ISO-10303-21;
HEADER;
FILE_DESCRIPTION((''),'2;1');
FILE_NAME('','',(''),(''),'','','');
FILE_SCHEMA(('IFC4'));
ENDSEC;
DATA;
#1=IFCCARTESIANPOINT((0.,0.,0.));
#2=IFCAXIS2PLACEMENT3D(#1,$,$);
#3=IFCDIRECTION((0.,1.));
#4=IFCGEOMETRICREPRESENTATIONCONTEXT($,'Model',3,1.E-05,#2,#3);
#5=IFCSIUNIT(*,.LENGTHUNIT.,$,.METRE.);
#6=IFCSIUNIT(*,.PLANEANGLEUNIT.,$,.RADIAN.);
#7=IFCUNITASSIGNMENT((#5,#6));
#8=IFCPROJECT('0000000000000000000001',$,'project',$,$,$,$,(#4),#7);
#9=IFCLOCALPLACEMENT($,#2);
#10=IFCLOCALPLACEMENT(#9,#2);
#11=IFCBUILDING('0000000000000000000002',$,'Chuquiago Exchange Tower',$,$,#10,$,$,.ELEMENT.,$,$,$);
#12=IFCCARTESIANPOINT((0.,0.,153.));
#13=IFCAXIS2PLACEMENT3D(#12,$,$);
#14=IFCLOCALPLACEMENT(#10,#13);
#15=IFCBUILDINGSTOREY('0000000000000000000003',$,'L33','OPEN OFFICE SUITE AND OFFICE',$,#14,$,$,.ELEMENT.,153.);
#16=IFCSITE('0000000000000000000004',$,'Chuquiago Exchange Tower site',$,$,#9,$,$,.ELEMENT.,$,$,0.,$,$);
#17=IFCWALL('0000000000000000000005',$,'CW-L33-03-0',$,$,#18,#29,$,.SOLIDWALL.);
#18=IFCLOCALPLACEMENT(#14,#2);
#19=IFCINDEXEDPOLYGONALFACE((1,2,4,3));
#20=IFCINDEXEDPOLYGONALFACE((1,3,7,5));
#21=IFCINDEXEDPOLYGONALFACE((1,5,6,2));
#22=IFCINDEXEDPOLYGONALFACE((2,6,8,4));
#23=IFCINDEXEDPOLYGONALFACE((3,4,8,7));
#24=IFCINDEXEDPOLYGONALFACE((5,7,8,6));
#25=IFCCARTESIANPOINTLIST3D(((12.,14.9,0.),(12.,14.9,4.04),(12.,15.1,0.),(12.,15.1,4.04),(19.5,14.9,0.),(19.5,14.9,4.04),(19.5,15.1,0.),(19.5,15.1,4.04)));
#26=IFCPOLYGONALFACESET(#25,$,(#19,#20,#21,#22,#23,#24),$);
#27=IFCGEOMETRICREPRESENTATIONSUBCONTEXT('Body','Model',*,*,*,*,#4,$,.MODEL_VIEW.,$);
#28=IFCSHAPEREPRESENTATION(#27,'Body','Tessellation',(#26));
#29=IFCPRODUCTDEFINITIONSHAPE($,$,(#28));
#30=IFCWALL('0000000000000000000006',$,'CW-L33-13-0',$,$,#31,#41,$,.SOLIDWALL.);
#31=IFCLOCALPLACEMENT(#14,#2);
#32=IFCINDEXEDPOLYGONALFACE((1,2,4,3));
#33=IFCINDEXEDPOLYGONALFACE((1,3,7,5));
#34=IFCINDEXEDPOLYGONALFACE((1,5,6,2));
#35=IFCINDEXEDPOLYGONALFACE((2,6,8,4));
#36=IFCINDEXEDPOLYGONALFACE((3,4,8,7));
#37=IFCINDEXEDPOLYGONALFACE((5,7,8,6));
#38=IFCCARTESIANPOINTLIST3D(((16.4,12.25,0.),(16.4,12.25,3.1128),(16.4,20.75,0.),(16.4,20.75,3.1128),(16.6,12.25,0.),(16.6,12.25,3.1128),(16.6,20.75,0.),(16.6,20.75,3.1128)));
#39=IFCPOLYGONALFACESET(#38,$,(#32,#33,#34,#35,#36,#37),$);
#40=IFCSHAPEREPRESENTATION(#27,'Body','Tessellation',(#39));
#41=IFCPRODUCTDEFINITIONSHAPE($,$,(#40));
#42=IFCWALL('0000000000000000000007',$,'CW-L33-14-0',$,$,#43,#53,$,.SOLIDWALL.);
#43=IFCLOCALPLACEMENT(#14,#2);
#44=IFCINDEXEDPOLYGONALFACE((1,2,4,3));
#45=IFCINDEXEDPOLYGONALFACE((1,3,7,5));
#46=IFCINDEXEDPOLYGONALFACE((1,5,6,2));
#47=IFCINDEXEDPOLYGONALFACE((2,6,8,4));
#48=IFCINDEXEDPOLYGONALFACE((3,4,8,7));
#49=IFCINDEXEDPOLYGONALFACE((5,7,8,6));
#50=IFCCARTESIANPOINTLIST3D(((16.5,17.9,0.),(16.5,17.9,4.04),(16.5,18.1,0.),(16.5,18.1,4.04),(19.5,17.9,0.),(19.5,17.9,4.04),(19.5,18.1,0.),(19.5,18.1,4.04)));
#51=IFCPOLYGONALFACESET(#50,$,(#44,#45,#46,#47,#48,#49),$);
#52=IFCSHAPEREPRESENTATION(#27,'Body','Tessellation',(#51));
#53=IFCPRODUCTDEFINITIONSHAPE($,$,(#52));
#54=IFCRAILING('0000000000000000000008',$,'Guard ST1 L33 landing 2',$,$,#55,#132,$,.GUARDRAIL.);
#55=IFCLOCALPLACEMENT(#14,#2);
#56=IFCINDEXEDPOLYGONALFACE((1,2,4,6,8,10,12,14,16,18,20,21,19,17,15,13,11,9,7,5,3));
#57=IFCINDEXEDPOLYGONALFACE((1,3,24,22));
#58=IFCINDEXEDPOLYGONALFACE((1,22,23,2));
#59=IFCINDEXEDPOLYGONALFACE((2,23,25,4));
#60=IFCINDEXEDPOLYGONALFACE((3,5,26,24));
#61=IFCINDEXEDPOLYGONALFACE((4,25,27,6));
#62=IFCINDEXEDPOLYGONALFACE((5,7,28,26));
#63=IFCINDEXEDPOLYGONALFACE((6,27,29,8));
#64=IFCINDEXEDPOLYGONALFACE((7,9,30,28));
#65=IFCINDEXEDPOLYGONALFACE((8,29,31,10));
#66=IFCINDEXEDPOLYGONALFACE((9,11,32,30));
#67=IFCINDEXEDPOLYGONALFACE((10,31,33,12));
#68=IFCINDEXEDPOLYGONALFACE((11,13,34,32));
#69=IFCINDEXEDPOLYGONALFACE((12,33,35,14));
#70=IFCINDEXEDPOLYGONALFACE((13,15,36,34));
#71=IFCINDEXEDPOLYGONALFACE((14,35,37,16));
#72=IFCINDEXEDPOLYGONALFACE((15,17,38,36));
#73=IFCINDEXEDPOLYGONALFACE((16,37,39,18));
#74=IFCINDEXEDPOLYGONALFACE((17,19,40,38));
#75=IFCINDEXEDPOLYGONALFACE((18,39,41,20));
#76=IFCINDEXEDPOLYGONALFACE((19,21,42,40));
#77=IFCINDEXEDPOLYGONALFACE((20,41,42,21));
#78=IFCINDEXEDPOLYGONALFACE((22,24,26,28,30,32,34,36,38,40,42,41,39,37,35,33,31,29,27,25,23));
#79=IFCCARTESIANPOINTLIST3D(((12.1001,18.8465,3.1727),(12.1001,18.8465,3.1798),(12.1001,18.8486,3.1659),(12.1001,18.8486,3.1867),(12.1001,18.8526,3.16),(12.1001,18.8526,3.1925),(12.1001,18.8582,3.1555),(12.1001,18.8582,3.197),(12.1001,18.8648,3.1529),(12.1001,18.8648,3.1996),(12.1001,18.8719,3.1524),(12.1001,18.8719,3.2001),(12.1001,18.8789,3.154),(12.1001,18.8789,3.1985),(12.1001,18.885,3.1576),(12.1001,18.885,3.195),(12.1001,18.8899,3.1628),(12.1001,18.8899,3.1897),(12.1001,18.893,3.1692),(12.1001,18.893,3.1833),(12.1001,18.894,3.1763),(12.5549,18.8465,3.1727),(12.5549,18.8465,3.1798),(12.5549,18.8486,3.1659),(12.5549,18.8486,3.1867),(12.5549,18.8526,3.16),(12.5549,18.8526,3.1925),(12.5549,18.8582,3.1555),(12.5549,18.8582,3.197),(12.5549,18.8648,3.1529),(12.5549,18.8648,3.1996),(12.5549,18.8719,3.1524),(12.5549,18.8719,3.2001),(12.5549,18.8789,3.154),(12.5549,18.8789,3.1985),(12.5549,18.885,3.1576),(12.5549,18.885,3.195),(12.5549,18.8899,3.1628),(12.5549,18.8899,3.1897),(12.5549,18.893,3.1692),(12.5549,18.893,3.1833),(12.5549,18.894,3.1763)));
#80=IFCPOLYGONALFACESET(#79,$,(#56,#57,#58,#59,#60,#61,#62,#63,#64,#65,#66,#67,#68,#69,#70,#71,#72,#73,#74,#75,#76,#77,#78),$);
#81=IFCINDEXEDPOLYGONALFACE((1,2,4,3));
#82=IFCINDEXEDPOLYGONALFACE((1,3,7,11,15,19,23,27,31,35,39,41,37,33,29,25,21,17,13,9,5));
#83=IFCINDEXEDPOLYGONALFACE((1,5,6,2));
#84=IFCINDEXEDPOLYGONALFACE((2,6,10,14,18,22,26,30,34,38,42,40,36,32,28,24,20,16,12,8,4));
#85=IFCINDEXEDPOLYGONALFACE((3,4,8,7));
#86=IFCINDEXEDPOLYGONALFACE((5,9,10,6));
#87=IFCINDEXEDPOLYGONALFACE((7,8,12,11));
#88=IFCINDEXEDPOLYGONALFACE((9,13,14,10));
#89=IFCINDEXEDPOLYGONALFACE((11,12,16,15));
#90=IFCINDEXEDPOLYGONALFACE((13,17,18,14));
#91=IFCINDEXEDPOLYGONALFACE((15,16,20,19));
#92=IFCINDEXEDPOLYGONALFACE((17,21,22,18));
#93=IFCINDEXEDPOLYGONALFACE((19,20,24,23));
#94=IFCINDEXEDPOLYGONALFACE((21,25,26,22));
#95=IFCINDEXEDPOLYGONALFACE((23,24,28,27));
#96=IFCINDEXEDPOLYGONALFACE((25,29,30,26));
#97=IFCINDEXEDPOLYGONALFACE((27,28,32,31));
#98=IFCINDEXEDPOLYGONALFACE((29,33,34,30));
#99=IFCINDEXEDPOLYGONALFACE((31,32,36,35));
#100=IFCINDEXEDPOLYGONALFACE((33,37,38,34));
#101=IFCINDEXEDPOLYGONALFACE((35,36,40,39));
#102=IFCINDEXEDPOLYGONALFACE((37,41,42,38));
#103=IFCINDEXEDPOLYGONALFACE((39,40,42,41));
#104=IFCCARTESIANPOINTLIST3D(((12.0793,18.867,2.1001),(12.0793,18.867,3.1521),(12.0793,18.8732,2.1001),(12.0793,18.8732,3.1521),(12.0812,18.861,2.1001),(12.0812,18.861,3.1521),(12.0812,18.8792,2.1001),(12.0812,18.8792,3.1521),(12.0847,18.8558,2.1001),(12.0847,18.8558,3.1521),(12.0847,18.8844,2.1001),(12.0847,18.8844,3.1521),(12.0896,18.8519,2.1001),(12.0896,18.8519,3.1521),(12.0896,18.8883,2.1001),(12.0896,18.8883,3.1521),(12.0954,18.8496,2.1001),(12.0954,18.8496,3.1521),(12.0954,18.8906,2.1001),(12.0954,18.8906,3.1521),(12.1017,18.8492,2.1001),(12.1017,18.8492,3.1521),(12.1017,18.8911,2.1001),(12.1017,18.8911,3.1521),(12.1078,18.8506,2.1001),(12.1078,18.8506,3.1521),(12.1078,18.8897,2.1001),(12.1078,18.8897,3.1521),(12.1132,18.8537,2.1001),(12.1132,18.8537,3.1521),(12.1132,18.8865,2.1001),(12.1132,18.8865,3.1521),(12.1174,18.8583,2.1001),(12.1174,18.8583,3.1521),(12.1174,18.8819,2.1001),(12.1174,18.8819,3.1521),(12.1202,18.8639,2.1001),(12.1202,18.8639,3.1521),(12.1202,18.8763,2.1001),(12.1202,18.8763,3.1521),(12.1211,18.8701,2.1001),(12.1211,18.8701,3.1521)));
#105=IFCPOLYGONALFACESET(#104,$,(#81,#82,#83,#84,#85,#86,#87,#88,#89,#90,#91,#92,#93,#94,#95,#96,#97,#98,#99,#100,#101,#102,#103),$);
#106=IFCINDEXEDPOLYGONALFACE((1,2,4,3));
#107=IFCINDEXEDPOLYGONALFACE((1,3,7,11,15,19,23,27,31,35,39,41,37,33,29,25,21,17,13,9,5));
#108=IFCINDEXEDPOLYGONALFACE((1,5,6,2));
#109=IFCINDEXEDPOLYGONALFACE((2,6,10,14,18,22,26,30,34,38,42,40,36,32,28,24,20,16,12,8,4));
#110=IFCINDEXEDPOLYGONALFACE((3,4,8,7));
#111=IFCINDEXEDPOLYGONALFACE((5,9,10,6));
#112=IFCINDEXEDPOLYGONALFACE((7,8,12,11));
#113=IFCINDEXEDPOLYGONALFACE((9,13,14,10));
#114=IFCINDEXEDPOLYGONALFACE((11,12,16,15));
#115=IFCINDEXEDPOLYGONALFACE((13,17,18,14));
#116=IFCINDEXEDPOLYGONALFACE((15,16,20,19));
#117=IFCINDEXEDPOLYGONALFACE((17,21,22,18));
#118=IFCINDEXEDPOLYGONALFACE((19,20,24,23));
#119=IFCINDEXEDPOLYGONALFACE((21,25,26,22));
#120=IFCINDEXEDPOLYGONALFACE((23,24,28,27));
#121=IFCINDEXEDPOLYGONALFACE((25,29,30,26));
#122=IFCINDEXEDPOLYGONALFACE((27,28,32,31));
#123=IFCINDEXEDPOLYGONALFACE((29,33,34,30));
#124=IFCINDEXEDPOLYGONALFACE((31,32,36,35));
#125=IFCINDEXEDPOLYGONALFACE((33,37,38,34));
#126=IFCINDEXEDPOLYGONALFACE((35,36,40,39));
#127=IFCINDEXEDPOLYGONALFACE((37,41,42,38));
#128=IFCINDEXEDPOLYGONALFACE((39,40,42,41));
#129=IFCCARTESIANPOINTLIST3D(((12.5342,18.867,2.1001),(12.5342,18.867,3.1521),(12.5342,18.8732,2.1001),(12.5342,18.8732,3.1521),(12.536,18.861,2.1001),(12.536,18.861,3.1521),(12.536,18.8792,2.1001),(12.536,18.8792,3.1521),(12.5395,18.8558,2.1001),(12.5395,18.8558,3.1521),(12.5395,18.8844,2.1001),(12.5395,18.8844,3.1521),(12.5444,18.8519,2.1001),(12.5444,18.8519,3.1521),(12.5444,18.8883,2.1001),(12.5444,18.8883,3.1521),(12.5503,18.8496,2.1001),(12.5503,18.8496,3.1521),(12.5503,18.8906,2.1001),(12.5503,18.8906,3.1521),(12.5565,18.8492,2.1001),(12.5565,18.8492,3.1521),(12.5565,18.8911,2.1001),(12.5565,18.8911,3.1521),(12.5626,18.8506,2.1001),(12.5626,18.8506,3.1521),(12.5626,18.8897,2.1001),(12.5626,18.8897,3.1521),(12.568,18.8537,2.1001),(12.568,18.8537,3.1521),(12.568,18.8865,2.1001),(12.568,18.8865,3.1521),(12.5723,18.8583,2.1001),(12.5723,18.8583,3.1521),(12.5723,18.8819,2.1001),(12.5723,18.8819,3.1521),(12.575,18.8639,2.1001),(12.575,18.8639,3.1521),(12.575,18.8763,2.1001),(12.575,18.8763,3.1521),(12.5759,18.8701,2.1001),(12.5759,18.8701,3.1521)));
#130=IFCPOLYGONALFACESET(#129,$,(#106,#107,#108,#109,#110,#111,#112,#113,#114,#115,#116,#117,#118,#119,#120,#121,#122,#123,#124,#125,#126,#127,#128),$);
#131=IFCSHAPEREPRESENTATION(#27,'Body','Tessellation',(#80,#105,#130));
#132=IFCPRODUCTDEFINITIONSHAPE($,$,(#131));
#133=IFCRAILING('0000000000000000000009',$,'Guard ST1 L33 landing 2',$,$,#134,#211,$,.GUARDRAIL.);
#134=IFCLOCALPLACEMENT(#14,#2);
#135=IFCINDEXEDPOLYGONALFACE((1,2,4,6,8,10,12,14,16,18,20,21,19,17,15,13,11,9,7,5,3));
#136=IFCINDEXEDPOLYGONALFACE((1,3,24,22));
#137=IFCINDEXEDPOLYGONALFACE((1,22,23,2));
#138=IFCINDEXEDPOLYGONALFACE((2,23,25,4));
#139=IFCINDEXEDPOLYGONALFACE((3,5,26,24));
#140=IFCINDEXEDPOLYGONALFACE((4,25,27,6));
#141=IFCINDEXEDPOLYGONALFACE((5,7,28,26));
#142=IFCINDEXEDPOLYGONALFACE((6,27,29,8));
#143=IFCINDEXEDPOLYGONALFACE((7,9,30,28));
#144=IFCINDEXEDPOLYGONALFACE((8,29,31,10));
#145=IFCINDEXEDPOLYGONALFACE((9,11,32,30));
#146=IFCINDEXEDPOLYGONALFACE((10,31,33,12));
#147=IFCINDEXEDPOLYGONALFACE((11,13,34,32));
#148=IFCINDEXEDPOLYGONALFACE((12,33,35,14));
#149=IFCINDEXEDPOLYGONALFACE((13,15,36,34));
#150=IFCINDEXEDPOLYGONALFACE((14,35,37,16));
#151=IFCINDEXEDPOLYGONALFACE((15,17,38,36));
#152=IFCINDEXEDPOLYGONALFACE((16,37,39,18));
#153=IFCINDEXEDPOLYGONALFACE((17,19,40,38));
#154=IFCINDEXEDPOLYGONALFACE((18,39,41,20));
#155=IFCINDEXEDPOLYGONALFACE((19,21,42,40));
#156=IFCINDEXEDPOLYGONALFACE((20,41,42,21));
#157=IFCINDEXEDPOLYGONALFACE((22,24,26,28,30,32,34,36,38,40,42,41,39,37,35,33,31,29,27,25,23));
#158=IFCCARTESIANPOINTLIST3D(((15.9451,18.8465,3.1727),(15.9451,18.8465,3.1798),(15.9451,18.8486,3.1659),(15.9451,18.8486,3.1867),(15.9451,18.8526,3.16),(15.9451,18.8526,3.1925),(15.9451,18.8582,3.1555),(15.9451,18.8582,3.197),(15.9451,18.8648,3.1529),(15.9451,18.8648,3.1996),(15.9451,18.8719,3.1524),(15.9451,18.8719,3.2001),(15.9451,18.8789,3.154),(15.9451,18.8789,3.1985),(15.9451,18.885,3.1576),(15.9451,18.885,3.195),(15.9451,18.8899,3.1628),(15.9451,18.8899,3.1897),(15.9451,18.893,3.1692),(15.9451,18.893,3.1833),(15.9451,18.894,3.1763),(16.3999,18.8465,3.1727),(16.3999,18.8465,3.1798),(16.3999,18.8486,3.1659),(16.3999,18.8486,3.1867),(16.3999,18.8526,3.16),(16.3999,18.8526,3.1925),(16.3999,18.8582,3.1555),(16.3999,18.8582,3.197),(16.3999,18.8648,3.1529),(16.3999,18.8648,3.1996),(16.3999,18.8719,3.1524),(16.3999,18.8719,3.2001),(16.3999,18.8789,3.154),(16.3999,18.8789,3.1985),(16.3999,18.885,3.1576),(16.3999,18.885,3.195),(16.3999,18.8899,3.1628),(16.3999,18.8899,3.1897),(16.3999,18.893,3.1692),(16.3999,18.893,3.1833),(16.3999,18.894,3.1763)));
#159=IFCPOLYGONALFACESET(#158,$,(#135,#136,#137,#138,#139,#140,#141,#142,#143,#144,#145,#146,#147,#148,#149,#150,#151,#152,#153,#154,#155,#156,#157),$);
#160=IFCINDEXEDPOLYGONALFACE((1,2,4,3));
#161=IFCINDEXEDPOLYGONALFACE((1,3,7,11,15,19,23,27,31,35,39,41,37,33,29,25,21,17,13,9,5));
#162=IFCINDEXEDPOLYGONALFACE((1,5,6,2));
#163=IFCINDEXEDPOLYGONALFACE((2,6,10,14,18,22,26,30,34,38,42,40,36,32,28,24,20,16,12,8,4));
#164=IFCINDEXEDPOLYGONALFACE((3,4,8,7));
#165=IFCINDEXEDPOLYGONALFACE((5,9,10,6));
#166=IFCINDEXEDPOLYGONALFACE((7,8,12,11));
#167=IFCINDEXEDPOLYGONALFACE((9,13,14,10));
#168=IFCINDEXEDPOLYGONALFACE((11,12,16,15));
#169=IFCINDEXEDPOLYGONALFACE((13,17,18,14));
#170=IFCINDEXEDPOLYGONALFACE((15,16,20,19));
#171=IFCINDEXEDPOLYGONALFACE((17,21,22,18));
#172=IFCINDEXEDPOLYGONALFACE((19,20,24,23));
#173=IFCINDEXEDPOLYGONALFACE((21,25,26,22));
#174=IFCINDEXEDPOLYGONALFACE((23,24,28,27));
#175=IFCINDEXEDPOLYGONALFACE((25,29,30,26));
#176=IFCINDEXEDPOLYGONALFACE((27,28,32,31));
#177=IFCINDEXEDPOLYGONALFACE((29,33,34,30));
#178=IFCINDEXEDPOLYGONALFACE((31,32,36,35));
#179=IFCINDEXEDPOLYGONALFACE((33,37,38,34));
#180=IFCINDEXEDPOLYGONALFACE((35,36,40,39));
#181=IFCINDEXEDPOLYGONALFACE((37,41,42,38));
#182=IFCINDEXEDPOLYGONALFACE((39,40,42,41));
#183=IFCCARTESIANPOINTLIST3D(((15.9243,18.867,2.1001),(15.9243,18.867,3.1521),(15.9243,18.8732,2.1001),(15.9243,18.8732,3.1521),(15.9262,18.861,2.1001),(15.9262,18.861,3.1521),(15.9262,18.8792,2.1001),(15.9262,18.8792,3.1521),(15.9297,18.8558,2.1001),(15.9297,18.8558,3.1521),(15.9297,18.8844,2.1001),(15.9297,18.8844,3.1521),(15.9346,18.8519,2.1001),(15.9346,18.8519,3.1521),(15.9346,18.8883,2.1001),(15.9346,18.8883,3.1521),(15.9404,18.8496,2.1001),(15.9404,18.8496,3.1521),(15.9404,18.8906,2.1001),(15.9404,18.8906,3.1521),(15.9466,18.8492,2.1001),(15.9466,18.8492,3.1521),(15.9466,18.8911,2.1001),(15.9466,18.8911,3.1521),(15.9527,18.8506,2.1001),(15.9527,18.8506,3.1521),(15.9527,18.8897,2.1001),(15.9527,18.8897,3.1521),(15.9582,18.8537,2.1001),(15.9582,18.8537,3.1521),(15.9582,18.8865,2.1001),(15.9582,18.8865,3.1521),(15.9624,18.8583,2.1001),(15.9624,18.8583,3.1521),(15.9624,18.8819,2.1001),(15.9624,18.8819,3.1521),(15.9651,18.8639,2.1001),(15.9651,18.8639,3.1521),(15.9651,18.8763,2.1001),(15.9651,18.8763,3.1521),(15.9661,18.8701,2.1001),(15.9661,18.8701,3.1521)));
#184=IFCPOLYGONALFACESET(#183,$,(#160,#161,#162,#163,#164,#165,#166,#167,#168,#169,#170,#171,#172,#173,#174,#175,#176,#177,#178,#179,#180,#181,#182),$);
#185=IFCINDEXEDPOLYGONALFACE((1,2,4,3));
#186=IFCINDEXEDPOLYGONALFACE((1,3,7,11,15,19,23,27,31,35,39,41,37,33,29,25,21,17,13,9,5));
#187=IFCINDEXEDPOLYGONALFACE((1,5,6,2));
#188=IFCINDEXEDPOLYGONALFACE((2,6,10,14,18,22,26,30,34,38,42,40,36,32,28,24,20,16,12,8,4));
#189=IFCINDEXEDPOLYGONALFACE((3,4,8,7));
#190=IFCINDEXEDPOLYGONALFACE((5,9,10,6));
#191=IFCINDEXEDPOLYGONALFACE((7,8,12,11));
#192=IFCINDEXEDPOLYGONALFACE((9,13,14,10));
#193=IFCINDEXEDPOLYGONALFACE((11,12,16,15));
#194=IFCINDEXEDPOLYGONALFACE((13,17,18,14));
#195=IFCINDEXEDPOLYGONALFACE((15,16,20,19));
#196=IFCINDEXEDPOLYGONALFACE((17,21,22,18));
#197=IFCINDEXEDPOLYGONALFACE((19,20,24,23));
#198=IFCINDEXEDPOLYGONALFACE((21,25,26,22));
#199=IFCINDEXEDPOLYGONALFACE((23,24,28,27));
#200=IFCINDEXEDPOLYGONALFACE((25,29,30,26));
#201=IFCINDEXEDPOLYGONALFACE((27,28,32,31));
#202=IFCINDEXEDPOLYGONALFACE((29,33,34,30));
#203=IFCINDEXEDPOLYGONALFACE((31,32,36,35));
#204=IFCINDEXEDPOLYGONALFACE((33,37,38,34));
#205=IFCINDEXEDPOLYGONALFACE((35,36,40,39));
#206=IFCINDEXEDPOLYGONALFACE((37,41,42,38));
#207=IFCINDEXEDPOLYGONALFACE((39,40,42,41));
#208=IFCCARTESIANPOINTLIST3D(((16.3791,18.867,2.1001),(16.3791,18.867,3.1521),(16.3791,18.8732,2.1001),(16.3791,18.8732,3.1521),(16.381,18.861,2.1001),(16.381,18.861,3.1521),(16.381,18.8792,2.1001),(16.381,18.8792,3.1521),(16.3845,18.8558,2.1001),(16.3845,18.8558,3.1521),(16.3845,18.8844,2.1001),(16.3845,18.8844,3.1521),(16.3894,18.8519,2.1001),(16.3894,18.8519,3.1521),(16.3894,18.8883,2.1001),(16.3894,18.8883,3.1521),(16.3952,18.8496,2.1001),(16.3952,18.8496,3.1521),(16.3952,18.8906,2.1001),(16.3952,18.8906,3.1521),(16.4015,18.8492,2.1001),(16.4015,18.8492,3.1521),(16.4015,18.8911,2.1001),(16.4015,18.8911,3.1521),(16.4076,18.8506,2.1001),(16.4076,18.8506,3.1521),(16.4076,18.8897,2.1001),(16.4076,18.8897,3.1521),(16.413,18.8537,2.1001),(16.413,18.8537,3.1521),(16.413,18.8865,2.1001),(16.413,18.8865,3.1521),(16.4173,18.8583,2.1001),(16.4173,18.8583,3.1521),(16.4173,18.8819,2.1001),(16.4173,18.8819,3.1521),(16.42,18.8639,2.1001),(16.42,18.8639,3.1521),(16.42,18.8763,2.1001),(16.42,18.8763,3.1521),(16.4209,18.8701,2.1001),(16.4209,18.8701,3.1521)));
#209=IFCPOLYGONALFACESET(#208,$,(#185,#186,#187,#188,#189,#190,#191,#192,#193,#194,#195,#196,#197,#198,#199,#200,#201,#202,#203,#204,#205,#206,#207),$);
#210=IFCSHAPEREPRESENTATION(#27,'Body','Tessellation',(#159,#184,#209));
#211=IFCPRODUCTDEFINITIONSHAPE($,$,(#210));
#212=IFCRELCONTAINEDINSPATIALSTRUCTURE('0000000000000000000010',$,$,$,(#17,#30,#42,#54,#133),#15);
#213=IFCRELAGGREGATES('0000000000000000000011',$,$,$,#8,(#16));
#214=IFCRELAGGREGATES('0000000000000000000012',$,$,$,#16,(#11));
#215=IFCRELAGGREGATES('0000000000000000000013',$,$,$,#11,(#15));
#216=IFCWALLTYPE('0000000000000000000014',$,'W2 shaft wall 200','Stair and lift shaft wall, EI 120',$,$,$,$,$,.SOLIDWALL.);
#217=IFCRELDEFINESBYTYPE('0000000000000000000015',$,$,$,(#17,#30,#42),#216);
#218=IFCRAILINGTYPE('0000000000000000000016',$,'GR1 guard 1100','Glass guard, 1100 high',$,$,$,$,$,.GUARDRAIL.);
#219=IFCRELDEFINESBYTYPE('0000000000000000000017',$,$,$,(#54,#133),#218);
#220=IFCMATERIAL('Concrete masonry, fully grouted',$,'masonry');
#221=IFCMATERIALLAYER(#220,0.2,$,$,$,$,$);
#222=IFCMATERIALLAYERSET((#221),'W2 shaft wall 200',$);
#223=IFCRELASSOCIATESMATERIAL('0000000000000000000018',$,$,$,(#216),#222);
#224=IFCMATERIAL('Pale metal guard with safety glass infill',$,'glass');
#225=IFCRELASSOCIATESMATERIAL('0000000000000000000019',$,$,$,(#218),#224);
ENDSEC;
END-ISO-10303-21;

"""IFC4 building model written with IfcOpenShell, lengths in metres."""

from ifc_helpers import new_model, si_unit, direction, frame, frame_2d, origin, origin_2d, place, context, subcontext, project, spatial, rectangle, circle, extrude, material, layer, layer_set, type_object, element, save


model = new_model("IFC4")

# Units and contexts
model_context = context("Model", 3, precision=1e-05, world=origin(), true_north=direction((0.0, 1.0)))
body_context = subcontext(model_context, "Body", "Model", "MODEL_VIEW")
ifc_project = project(units=[si_unit("LENGTHUNIT", "METRE"), si_unit("PLANEANGLEUNIT", "RADIAN")], contexts=[model_context])

# Site, building, storey
site_placement = place(None, origin())
site = spatial("IfcSite", under=ifc_project, at=site_placement, Name="Chuquiago Exchange Tower site", CompositionType="ELEMENT", RefElevation=0.0)
building_placement = place(site_placement, origin())
building = spatial("IfcBuilding", under=site, at=building_placement, Name="Chuquiago Exchange Tower", CompositionType="ELEMENT")
storey_placement = place(building_placement, frame((0.0, 0.0, 153.0)))
storey = spatial("IfcBuildingStorey", under=building, at=storey_placement, Name="L33", Description="OPEN OFFICE SUITE AND OFFICE", CompositionType="ELEMENT", Elevation=153.0)

# Walls
ifc_material_1 = material(Name="Concrete masonry, fully grouted", Category="masonry")
ifc_layer_1 = layer(ifc_material_1, 0.2)
ifc_layer_set_1 = layer_set([ifc_layer_1], Name="W2 shaft wall 200")
wall_type_1 = type_object("IfcWallType", Name="W2 shaft wall 200", Description="Stair and lift shaft wall, EI 120", PredefinedType="SOLIDWALL", material=ifc_layer_set_1)
wall_1_placement = place(storey_placement, frame((12.0, 15.0, 0.0), z_axis=(0.0, 0.0, 1.0), x_axis=(1.0, 0.0, 0.0)))
element("IfcWall", 1, at=wall_1_placement, inside=storey, type_object=wall_type_1, Name="CW-L33-03-0", PredefinedType="SOLIDWALL", context=body_context, shape_type="SweptSolid", body=[
    extrude(rectangle(XDim=7.5, YDim=0.2, at=frame_2d((3.75, 0.0))), origin(), (0.0, 0.0, 1.0), 4.04),
])
wall_2_placement = place(storey_placement, frame((16.5, 12.25, 0.0), z_axis=(0.0, 0.0, 1.0), x_axis=(0.0, 1.0, 0.0)))
element("IfcWall", 2, at=wall_2_placement, inside=storey, type_object=wall_type_1, Name="CW-L33-13-0", PredefinedType="SOLIDWALL", context=body_context, shape_type="SweptSolid", body=[
    extrude(rectangle(XDim=8.5, YDim=0.2, at=frame_2d((4.25, 0.0))), origin(), (0.0, 0.0, 1.0), 3.1128),
])
wall_3_placement = place(storey_placement, frame((16.5, 18.0, 0.0), z_axis=(0.0, 0.0, 1.0), x_axis=(1.0, 0.0, 0.0)))
element("IfcWall", 3, at=wall_3_placement, inside=storey, type_object=wall_type_1, Name="CW-L33-14-0", PredefinedType="SOLIDWALL", context=body_context, shape_type="SweptSolid", body=[
    extrude(rectangle(XDim=3.0, YDim=0.2, at=frame_2d((1.5, 0.0))), origin(), (0.0, 0.0, 1.0), 4.04),
])

# Railings
ifc_material_2 = material(Name="Pale metal guard with safety glass infill", Category="glass")
railing_type_1 = type_object("IfcRailingType", Name="GR1 guard 1100", Description="Glass guard, 1100 high", PredefinedType="GUARDRAIL", material=ifc_material_2)
for number, where, name in (
    (4, (12.1001, 18.8701, 2.1001), "Guard ST1 L33 landing 2"),
    (5, (15.9451, 18.8701, 2.1001), "Guard ST1 L33 landing 2"),
):
    element("IfcRailing", number, at=place(storey_placement, frame(where)), inside=storey, type_object=railing_type_1, Name=name, PredefinedType="GUARDRAIL", context=body_context, shape_type="SweptSolid", body=[
        extrude(circle(Radius=0.0239, at=origin_2d()), frame((0.0, 0.0, 1.0762), z_axis=(1.0, 0.0, 0.0), x_axis=(0.0, 1.0, 0.0)), (0.0, 0.0, 1.0), 0.4548),
        extrude(circle(Radius=0.021, at=origin_2d()), origin(), (0.0, 0.0, 1.0), 1.052),
        extrude(circle(Radius=0.021, at=origin_2d()), frame((0.4548, 0.0, 0.0)), (0.0, 0.0, 1.0), 1.052),
    ])

save(model, "model.ifc")
